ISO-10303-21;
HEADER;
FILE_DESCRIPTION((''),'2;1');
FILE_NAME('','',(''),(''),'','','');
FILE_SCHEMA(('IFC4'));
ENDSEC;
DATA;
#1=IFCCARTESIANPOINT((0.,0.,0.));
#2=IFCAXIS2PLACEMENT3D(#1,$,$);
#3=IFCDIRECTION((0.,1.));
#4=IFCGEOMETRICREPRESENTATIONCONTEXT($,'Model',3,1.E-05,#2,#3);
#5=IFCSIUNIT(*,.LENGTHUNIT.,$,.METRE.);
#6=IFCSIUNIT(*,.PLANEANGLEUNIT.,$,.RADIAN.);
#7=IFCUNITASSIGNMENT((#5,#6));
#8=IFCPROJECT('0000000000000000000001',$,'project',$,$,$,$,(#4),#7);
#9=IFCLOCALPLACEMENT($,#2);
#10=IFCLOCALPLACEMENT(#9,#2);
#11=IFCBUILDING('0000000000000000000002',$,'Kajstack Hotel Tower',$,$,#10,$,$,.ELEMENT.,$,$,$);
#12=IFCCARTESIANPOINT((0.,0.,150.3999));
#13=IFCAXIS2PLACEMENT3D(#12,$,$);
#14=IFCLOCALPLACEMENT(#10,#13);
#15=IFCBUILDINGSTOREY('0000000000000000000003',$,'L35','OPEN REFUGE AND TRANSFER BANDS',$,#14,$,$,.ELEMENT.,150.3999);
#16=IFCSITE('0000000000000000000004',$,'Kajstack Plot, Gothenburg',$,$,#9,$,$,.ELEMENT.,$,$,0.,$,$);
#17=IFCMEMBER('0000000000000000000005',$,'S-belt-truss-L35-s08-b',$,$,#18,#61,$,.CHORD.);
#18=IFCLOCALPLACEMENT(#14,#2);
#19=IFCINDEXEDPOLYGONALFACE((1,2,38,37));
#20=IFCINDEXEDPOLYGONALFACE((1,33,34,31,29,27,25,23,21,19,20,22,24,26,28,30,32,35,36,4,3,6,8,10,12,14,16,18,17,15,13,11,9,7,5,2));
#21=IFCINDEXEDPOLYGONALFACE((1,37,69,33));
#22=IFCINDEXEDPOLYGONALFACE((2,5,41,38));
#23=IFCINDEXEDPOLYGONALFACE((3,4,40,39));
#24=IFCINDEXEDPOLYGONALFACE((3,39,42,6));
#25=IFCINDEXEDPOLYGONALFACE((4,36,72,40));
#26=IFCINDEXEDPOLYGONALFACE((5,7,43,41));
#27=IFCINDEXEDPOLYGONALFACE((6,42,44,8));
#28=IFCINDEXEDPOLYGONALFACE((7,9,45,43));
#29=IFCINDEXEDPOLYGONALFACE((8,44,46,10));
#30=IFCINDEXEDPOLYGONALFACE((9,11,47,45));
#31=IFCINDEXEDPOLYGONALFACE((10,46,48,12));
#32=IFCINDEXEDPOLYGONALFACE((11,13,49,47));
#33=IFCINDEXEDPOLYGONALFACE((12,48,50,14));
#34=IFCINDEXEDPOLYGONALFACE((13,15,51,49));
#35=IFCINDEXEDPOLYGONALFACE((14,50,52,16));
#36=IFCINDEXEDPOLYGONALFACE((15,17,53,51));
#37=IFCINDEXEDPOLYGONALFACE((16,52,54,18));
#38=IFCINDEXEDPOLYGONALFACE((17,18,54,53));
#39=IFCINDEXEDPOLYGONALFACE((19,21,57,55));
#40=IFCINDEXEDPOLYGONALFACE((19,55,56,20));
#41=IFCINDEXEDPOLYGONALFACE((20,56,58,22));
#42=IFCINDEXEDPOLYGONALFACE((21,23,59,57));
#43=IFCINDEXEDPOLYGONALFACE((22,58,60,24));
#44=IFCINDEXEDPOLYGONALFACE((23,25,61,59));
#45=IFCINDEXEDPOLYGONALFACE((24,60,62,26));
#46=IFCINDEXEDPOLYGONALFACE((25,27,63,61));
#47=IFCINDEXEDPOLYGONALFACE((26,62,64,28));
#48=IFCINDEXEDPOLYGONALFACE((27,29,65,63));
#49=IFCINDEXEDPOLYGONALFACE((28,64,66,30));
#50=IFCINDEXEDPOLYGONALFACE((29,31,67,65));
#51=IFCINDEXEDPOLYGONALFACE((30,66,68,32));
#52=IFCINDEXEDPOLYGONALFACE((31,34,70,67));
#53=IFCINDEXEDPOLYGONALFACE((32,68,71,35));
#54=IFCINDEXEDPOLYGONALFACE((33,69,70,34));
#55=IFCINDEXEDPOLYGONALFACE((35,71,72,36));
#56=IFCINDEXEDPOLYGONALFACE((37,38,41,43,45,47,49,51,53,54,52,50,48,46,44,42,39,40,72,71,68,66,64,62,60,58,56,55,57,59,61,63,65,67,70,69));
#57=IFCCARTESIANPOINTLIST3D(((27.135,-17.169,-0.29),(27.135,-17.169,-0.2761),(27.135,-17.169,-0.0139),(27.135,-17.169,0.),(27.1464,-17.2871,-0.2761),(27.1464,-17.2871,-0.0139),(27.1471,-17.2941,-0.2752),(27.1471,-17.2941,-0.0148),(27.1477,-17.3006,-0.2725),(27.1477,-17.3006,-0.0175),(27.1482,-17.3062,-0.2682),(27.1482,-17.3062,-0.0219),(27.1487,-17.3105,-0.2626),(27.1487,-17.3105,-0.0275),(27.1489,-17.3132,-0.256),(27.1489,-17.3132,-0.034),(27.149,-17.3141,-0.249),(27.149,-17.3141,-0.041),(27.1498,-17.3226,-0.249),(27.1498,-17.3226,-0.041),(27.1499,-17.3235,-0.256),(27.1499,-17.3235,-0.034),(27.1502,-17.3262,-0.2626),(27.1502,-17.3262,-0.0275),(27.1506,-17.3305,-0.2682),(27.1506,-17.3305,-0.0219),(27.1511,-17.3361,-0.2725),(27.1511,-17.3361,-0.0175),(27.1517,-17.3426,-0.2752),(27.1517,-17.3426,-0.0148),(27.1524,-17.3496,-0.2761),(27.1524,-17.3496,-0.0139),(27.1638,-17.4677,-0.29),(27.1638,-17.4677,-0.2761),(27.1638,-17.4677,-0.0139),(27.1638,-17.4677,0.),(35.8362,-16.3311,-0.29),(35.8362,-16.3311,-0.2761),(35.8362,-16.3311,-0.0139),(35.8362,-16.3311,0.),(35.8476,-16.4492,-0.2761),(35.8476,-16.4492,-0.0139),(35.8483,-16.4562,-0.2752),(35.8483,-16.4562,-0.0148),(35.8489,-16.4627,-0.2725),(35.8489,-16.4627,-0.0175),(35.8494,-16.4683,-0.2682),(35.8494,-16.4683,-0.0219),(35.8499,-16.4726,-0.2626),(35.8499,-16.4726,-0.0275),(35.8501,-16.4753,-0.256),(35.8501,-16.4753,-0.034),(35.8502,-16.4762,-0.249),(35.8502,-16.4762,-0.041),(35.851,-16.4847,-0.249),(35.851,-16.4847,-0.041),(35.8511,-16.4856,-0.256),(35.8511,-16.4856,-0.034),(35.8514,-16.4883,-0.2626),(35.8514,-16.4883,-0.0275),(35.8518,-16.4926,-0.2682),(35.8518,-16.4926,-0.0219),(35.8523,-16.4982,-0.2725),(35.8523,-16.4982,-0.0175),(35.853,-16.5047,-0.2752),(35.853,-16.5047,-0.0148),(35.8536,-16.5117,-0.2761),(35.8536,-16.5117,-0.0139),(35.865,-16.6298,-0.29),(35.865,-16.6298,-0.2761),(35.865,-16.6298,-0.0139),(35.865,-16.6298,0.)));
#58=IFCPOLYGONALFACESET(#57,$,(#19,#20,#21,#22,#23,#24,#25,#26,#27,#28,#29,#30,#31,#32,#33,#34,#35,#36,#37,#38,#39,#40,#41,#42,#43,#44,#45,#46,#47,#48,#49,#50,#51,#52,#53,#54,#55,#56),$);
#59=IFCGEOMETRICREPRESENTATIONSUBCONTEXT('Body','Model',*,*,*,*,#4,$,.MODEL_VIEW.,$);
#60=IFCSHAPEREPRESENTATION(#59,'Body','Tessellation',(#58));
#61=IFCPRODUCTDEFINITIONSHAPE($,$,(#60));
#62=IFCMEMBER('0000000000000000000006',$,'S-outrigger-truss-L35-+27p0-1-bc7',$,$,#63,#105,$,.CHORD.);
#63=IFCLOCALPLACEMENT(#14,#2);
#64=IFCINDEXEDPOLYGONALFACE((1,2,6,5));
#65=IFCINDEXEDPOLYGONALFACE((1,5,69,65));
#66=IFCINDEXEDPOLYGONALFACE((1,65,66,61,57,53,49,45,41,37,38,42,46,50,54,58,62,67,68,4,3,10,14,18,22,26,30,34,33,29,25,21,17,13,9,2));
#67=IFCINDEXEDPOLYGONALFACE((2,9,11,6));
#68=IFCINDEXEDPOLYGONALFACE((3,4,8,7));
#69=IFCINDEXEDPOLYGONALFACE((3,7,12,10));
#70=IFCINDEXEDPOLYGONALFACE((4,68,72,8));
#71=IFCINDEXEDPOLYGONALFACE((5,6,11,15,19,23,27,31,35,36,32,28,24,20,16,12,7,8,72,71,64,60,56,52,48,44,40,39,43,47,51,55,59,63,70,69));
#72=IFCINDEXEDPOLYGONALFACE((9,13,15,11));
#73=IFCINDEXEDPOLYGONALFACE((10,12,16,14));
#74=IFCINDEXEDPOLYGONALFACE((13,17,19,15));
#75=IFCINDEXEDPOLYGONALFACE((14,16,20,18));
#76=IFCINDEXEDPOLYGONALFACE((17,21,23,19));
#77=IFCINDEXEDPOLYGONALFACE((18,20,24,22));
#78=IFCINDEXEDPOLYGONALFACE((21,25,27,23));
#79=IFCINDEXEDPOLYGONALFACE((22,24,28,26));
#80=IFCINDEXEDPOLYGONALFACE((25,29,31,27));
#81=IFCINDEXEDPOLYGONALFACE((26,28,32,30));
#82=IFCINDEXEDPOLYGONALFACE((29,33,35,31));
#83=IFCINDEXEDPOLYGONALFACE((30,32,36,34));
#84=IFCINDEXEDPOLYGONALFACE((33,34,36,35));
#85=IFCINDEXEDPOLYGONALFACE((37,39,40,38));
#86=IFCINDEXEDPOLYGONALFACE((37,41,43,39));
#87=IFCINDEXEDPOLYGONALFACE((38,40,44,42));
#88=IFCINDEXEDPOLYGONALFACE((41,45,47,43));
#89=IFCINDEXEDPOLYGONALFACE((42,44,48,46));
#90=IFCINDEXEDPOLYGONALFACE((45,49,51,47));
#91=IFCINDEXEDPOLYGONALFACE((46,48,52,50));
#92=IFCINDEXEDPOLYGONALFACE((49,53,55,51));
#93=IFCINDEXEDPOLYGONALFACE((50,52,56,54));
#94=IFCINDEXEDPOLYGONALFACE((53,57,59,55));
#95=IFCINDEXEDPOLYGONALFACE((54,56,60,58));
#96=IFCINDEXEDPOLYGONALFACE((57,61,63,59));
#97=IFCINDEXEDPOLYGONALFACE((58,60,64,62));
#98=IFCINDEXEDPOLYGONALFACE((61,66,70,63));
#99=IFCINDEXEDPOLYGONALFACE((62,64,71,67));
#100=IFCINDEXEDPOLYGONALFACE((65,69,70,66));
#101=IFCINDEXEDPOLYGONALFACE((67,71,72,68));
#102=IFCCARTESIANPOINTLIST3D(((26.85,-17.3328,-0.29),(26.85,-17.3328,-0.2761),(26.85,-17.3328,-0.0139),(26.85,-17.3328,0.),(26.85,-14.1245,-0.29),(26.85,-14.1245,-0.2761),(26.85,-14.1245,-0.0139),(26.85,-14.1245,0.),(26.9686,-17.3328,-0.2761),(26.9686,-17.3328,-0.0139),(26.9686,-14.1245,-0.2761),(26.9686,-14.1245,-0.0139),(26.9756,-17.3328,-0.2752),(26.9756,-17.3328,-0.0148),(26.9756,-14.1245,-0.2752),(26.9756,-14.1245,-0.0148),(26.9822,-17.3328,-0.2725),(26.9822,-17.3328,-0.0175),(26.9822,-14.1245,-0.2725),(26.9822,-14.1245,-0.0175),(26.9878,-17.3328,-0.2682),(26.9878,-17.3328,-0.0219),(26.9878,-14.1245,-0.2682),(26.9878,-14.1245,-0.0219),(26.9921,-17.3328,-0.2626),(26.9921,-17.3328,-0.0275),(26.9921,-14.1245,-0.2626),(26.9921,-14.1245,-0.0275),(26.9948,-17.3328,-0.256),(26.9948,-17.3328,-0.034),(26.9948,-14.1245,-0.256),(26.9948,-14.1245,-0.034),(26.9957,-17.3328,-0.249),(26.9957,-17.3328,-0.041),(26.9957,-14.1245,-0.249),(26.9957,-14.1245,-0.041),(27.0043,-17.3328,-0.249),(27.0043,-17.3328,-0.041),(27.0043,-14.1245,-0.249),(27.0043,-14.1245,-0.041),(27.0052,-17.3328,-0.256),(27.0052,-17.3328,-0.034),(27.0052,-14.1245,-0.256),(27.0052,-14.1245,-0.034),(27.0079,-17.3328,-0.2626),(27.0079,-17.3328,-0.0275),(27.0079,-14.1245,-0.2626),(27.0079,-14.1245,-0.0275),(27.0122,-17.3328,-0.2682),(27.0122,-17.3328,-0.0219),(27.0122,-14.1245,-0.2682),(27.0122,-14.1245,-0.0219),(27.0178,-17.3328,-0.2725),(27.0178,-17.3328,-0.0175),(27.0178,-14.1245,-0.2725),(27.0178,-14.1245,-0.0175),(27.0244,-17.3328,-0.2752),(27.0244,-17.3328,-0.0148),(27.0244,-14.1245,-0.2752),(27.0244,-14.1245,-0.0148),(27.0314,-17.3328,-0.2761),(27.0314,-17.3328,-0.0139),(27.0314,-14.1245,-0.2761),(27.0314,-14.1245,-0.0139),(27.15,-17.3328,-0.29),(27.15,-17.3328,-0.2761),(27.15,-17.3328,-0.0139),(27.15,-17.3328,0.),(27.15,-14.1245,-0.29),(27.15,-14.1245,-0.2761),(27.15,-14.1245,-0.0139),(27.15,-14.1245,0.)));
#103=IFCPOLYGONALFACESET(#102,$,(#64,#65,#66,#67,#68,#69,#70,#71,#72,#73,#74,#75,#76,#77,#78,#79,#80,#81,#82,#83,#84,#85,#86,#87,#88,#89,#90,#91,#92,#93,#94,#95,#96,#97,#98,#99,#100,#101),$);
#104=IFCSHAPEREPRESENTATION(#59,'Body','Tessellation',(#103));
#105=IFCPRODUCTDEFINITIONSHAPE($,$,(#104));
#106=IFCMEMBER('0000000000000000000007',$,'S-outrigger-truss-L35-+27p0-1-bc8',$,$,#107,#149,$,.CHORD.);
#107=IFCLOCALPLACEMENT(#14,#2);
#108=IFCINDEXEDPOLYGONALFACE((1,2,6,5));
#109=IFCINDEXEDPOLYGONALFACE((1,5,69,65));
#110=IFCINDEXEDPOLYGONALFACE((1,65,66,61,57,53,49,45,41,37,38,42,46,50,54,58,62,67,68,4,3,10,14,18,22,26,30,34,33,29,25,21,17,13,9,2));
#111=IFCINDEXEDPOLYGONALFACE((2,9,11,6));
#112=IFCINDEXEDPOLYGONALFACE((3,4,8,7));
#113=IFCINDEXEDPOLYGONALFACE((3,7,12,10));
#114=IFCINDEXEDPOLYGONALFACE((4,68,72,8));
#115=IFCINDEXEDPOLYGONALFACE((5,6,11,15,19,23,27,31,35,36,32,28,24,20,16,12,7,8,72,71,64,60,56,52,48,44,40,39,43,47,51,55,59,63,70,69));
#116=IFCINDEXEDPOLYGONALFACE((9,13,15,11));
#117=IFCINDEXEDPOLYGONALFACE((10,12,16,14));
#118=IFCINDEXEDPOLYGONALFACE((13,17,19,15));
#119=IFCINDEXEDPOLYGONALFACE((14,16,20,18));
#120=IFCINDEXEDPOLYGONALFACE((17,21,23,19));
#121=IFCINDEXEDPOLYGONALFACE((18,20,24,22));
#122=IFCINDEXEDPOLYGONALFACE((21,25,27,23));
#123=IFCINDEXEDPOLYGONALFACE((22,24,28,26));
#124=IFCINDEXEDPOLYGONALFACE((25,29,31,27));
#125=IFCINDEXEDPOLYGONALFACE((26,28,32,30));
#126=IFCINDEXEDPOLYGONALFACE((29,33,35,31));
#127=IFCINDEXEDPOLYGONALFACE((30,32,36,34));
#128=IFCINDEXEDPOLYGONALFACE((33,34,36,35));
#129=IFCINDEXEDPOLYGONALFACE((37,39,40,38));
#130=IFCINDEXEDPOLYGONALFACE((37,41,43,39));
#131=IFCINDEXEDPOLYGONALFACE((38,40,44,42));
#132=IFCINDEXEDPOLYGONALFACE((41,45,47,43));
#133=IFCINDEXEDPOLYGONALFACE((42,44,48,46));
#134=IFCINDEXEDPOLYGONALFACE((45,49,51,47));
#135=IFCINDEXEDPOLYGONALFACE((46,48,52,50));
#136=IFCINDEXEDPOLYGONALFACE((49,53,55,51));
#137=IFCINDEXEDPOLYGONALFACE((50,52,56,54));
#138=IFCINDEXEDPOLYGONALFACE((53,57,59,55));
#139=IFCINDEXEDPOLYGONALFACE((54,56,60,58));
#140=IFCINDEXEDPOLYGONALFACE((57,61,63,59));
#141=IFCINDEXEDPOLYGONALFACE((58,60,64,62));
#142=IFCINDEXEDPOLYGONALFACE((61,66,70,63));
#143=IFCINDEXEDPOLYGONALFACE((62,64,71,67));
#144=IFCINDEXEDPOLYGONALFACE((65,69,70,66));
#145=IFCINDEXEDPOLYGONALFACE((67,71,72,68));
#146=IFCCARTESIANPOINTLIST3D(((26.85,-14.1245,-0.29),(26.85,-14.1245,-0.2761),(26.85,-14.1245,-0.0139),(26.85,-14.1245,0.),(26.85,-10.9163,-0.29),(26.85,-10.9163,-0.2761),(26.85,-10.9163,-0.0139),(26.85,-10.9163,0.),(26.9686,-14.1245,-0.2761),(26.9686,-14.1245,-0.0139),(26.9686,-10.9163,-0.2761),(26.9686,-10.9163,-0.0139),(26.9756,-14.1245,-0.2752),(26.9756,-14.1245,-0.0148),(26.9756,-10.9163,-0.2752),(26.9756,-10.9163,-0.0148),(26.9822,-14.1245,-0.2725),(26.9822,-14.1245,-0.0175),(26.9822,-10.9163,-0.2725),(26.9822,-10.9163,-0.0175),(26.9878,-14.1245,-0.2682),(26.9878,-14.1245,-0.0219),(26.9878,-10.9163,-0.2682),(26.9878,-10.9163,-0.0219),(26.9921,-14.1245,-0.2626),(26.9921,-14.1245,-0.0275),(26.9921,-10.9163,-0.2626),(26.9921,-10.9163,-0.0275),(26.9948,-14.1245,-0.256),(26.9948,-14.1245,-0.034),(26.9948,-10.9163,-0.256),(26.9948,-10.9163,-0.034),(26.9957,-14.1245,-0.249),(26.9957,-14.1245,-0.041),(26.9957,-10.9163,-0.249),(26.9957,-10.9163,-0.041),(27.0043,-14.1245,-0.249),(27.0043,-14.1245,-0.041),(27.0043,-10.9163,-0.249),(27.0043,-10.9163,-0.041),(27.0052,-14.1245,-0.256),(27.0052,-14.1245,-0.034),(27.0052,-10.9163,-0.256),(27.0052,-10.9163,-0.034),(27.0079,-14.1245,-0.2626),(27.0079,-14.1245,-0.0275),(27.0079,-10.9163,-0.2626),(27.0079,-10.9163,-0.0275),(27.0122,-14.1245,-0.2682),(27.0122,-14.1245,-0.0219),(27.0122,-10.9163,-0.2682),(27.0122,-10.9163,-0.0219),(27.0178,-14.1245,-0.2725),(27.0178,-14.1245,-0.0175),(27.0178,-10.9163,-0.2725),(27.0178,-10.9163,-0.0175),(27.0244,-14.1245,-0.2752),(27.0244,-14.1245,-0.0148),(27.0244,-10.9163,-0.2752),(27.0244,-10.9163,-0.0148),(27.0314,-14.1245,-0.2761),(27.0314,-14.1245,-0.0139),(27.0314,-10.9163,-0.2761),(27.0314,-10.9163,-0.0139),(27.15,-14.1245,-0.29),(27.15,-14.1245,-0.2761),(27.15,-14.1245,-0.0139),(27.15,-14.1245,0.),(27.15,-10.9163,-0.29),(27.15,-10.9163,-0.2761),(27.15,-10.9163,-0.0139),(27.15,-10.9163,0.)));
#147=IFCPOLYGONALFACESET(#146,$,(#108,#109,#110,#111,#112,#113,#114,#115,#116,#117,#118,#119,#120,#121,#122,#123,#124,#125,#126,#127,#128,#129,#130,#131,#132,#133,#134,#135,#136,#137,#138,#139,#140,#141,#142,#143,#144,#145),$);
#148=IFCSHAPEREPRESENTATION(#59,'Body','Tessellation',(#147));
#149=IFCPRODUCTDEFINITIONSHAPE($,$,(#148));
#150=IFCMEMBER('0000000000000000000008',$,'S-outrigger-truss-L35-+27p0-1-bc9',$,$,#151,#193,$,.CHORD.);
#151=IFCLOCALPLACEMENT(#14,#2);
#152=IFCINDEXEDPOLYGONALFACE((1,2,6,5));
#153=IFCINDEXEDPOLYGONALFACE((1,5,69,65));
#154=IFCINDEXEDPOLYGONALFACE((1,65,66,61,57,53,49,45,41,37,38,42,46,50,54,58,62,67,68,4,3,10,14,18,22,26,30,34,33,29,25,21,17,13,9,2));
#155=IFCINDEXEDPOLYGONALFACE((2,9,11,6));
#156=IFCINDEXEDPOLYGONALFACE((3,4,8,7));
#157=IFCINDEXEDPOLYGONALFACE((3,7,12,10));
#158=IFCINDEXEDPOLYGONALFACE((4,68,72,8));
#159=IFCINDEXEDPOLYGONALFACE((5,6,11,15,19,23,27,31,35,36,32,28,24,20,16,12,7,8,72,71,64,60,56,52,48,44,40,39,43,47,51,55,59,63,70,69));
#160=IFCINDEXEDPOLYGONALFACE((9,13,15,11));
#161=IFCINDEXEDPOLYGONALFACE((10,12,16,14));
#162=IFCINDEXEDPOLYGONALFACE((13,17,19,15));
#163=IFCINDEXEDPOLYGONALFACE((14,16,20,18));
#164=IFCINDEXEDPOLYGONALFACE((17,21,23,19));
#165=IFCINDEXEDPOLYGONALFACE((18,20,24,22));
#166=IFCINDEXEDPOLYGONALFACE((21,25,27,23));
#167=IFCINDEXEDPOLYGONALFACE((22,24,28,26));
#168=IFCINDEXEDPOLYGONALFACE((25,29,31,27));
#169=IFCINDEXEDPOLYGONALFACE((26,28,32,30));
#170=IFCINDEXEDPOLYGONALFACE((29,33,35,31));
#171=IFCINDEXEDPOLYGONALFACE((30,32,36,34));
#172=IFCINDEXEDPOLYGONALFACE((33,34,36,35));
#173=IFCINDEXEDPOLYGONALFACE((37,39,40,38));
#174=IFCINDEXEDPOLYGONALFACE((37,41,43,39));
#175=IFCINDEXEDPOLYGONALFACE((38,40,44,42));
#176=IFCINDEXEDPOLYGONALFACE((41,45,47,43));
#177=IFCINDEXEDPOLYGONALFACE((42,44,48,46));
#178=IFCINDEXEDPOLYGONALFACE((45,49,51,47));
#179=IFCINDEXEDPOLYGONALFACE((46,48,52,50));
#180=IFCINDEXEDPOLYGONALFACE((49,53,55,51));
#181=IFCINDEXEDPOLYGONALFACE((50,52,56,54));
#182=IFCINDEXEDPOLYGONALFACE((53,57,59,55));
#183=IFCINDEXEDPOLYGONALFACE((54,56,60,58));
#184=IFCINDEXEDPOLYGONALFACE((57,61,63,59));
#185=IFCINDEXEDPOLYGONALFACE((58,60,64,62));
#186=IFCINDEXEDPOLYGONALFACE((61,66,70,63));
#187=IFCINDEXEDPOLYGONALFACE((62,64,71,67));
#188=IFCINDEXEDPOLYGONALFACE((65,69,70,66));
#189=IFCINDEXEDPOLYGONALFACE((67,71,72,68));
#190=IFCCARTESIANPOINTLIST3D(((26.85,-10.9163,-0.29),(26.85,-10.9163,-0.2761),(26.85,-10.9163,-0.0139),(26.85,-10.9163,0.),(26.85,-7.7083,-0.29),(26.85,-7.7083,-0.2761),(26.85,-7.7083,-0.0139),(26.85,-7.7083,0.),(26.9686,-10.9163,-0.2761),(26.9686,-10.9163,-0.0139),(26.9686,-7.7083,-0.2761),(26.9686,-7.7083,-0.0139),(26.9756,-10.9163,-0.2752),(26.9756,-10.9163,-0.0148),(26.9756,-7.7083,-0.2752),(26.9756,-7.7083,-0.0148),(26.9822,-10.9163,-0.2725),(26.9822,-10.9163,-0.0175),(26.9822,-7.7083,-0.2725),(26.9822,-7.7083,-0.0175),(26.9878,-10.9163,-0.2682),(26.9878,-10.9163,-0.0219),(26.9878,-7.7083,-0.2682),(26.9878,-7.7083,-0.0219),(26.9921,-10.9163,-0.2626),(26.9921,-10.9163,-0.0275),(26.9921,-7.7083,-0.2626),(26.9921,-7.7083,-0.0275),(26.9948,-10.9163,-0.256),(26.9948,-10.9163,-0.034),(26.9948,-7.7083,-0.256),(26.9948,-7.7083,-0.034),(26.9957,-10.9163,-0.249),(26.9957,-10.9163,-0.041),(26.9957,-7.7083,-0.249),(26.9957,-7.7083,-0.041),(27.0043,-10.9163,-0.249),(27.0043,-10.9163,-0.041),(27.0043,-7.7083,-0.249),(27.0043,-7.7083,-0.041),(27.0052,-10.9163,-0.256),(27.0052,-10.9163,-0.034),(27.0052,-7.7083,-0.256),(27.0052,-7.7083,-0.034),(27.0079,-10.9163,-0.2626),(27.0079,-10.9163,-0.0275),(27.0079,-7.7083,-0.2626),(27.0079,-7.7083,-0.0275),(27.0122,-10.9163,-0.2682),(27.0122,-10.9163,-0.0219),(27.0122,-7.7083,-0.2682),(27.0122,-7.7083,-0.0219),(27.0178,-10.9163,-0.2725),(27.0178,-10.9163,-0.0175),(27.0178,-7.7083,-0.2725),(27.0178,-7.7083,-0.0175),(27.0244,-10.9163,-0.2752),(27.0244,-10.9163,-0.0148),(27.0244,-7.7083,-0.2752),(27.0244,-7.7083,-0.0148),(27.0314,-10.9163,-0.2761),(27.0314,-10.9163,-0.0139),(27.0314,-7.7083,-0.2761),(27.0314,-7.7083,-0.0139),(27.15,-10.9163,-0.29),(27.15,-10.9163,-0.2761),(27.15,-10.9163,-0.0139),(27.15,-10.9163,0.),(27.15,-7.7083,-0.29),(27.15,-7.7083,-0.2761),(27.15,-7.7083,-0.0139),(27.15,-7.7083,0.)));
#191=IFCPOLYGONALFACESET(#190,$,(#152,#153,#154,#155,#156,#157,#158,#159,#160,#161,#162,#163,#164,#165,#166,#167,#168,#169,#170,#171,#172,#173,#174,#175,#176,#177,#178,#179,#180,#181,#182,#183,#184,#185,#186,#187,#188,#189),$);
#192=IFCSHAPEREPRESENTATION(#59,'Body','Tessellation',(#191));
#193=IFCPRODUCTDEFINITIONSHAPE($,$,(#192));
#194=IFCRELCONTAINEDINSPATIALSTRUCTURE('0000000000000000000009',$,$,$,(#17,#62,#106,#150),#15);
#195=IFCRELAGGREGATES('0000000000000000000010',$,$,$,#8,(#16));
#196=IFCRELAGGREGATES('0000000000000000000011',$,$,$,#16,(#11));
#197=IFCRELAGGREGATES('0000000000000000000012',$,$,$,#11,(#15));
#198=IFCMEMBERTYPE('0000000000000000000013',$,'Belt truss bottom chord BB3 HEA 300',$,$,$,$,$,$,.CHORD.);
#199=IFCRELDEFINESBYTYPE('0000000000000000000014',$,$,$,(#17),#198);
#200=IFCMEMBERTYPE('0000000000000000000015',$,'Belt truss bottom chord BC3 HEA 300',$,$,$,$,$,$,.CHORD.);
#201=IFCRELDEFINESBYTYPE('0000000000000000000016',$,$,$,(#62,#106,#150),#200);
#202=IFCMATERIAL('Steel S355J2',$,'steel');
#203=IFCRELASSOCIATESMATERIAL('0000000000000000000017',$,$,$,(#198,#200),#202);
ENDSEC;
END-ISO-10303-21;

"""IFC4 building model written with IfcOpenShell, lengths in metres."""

from ifc_helpers import new_model, si_unit, direction, frame, origin, origin_2d, place, context, subcontext, project, spatial, i_section, extrude, material, material_profile, profile_set, type_object, element, save


model = new_model("IFC4")

# Units and contexts
model_context = context("Model", 3, precision=1e-05, world=origin(), true_north=direction((0.0, 1.0)))
body_context = subcontext(model_context, "Body", "Model", "MODEL_VIEW")
ifc_project = project(units=[si_unit("LENGTHUNIT", "METRE"), si_unit("PLANEANGLEUNIT", "RADIAN")], contexts=[model_context])

# Site, building, storey
site_placement = place(None, origin())
site = spatial("IfcSite", under=ifc_project, at=site_placement, Name="Kajstack Plot, Gothenburg", CompositionType="ELEMENT", RefElevation=0.0)
building_placement = place(site_placement, origin())
building = spatial("IfcBuilding", under=site, at=building_placement, Name="Kajstack Hotel Tower", CompositionType="ELEMENT")
storey_placement = place(building_placement, frame((0.0, 0.0, 150.3999)))
storey = spatial("IfcBuildingStorey", under=building, at=storey_placement, Name="L35", Description="OPEN REFUGE AND TRANSFER BANDS", CompositionType="ELEMENT", Elevation=150.3999)

# Members
ifc_material_1 = material(Name="Steel S355J2", Category="steel")
ifc_material_profile_1 = material_profile(ifc_material_1, i_section(OverallWidth=0.3, OverallDepth=0.29, WebThickness=0.0085, FlangeThickness=0.0139, FilletRadius=0.0271, at=origin_2d()), Name="HEA 300")
ifc_profile_set_1 = profile_set([ifc_material_profile_1], Name="Steel S355J2")
member_type_1 = type_object("IfcMemberType", Name="Belt truss bottom chord BB3 HEA 300", PredefinedType="CHORD", material=ifc_profile_set_1)
member_1_placement = place(storey_placement, frame((27.1494, -17.3184, -0.145), z_axis=(0.995396, 0.095853, 0.0), x_axis=(-0.095853, 0.995396, 0.0)))
element("IfcMember", 1, at=member_1_placement, inside=storey, type_object=member_type_1, Name="S-belt-truss-L35-s08-b", PredefinedType="CHORD", context=body_context, shape_type="SweptSolid", body=[
    extrude(i_section(OverallWidth=0.3, OverallDepth=0.29, WebThickness=0.0085, FlangeThickness=0.0139, FilletRadius=0.0271, at=origin_2d()), origin(), (0.0, 0.0, 1.0), 8.7415),
])
ifc_material_profile_2 = material_profile(ifc_material_1, i_section(OverallWidth=0.3, OverallDepth=0.29, WebThickness=0.0085, FlangeThickness=0.0139, FilletRadius=0.0271, at=origin_2d()), Name="HEA 300")
ifc_profile_set_2 = profile_set([ifc_material_profile_2], Name="Steel S355J2")
member_type_2 = type_object("IfcMemberType", Name="Belt truss bottom chord BC3 HEA 300", PredefinedType="CHORD", material=ifc_profile_set_2)
for number, where, z_axis, x_axis, name in (
    (2, (27.0, -17.3328, -0.145), (0.0, 1.0, 0.0), (-1.0, 0.0, 0.0), "S-outrigger-truss-L35-+27p0-1-bc7"),
    (3, (27.0, -14.1245, -0.145), (0.0, 1.0, 0.0), (-1.0, 0.0, 0.0), "S-outrigger-truss-L35-+27p0-1-bc8"),
):
    element("IfcMember", number, at=place(storey_placement, frame(where, z_axis=z_axis, x_axis=x_axis)), inside=storey, type_object=member_type_2, Name=name, PredefinedType="CHORD", context=body_context, shape_type="SweptSolid", body=[
        extrude(i_section(OverallWidth=0.3, OverallDepth=0.29, WebThickness=0.0085, FlangeThickness=0.0139, FilletRadius=0.0271, at=origin_2d()), origin(), (0.0, 0.0, 1.0), 3.2083),
    ])
member_2_placement = place(storey_placement, frame((27.0, -10.9163, -0.145), z_axis=(0.0, 1.0, 0.0), x_axis=(-1.0, 0.0, 0.0)))
element("IfcMember", 4, at=member_2_placement, inside=storey, type_object=member_type_2, Name="S-outrigger-truss-L35-+27p0-1-bc9", PredefinedType="CHORD", context=body_context, shape_type="SweptSolid", body=[
    extrude(i_section(OverallWidth=0.3, OverallDepth=0.29, WebThickness=0.0085, FlangeThickness=0.0139, FilletRadius=0.0271, at=origin_2d()), origin(), (0.0, 0.0, 1.0), 3.208),
])

save(model, "model.ifc")
